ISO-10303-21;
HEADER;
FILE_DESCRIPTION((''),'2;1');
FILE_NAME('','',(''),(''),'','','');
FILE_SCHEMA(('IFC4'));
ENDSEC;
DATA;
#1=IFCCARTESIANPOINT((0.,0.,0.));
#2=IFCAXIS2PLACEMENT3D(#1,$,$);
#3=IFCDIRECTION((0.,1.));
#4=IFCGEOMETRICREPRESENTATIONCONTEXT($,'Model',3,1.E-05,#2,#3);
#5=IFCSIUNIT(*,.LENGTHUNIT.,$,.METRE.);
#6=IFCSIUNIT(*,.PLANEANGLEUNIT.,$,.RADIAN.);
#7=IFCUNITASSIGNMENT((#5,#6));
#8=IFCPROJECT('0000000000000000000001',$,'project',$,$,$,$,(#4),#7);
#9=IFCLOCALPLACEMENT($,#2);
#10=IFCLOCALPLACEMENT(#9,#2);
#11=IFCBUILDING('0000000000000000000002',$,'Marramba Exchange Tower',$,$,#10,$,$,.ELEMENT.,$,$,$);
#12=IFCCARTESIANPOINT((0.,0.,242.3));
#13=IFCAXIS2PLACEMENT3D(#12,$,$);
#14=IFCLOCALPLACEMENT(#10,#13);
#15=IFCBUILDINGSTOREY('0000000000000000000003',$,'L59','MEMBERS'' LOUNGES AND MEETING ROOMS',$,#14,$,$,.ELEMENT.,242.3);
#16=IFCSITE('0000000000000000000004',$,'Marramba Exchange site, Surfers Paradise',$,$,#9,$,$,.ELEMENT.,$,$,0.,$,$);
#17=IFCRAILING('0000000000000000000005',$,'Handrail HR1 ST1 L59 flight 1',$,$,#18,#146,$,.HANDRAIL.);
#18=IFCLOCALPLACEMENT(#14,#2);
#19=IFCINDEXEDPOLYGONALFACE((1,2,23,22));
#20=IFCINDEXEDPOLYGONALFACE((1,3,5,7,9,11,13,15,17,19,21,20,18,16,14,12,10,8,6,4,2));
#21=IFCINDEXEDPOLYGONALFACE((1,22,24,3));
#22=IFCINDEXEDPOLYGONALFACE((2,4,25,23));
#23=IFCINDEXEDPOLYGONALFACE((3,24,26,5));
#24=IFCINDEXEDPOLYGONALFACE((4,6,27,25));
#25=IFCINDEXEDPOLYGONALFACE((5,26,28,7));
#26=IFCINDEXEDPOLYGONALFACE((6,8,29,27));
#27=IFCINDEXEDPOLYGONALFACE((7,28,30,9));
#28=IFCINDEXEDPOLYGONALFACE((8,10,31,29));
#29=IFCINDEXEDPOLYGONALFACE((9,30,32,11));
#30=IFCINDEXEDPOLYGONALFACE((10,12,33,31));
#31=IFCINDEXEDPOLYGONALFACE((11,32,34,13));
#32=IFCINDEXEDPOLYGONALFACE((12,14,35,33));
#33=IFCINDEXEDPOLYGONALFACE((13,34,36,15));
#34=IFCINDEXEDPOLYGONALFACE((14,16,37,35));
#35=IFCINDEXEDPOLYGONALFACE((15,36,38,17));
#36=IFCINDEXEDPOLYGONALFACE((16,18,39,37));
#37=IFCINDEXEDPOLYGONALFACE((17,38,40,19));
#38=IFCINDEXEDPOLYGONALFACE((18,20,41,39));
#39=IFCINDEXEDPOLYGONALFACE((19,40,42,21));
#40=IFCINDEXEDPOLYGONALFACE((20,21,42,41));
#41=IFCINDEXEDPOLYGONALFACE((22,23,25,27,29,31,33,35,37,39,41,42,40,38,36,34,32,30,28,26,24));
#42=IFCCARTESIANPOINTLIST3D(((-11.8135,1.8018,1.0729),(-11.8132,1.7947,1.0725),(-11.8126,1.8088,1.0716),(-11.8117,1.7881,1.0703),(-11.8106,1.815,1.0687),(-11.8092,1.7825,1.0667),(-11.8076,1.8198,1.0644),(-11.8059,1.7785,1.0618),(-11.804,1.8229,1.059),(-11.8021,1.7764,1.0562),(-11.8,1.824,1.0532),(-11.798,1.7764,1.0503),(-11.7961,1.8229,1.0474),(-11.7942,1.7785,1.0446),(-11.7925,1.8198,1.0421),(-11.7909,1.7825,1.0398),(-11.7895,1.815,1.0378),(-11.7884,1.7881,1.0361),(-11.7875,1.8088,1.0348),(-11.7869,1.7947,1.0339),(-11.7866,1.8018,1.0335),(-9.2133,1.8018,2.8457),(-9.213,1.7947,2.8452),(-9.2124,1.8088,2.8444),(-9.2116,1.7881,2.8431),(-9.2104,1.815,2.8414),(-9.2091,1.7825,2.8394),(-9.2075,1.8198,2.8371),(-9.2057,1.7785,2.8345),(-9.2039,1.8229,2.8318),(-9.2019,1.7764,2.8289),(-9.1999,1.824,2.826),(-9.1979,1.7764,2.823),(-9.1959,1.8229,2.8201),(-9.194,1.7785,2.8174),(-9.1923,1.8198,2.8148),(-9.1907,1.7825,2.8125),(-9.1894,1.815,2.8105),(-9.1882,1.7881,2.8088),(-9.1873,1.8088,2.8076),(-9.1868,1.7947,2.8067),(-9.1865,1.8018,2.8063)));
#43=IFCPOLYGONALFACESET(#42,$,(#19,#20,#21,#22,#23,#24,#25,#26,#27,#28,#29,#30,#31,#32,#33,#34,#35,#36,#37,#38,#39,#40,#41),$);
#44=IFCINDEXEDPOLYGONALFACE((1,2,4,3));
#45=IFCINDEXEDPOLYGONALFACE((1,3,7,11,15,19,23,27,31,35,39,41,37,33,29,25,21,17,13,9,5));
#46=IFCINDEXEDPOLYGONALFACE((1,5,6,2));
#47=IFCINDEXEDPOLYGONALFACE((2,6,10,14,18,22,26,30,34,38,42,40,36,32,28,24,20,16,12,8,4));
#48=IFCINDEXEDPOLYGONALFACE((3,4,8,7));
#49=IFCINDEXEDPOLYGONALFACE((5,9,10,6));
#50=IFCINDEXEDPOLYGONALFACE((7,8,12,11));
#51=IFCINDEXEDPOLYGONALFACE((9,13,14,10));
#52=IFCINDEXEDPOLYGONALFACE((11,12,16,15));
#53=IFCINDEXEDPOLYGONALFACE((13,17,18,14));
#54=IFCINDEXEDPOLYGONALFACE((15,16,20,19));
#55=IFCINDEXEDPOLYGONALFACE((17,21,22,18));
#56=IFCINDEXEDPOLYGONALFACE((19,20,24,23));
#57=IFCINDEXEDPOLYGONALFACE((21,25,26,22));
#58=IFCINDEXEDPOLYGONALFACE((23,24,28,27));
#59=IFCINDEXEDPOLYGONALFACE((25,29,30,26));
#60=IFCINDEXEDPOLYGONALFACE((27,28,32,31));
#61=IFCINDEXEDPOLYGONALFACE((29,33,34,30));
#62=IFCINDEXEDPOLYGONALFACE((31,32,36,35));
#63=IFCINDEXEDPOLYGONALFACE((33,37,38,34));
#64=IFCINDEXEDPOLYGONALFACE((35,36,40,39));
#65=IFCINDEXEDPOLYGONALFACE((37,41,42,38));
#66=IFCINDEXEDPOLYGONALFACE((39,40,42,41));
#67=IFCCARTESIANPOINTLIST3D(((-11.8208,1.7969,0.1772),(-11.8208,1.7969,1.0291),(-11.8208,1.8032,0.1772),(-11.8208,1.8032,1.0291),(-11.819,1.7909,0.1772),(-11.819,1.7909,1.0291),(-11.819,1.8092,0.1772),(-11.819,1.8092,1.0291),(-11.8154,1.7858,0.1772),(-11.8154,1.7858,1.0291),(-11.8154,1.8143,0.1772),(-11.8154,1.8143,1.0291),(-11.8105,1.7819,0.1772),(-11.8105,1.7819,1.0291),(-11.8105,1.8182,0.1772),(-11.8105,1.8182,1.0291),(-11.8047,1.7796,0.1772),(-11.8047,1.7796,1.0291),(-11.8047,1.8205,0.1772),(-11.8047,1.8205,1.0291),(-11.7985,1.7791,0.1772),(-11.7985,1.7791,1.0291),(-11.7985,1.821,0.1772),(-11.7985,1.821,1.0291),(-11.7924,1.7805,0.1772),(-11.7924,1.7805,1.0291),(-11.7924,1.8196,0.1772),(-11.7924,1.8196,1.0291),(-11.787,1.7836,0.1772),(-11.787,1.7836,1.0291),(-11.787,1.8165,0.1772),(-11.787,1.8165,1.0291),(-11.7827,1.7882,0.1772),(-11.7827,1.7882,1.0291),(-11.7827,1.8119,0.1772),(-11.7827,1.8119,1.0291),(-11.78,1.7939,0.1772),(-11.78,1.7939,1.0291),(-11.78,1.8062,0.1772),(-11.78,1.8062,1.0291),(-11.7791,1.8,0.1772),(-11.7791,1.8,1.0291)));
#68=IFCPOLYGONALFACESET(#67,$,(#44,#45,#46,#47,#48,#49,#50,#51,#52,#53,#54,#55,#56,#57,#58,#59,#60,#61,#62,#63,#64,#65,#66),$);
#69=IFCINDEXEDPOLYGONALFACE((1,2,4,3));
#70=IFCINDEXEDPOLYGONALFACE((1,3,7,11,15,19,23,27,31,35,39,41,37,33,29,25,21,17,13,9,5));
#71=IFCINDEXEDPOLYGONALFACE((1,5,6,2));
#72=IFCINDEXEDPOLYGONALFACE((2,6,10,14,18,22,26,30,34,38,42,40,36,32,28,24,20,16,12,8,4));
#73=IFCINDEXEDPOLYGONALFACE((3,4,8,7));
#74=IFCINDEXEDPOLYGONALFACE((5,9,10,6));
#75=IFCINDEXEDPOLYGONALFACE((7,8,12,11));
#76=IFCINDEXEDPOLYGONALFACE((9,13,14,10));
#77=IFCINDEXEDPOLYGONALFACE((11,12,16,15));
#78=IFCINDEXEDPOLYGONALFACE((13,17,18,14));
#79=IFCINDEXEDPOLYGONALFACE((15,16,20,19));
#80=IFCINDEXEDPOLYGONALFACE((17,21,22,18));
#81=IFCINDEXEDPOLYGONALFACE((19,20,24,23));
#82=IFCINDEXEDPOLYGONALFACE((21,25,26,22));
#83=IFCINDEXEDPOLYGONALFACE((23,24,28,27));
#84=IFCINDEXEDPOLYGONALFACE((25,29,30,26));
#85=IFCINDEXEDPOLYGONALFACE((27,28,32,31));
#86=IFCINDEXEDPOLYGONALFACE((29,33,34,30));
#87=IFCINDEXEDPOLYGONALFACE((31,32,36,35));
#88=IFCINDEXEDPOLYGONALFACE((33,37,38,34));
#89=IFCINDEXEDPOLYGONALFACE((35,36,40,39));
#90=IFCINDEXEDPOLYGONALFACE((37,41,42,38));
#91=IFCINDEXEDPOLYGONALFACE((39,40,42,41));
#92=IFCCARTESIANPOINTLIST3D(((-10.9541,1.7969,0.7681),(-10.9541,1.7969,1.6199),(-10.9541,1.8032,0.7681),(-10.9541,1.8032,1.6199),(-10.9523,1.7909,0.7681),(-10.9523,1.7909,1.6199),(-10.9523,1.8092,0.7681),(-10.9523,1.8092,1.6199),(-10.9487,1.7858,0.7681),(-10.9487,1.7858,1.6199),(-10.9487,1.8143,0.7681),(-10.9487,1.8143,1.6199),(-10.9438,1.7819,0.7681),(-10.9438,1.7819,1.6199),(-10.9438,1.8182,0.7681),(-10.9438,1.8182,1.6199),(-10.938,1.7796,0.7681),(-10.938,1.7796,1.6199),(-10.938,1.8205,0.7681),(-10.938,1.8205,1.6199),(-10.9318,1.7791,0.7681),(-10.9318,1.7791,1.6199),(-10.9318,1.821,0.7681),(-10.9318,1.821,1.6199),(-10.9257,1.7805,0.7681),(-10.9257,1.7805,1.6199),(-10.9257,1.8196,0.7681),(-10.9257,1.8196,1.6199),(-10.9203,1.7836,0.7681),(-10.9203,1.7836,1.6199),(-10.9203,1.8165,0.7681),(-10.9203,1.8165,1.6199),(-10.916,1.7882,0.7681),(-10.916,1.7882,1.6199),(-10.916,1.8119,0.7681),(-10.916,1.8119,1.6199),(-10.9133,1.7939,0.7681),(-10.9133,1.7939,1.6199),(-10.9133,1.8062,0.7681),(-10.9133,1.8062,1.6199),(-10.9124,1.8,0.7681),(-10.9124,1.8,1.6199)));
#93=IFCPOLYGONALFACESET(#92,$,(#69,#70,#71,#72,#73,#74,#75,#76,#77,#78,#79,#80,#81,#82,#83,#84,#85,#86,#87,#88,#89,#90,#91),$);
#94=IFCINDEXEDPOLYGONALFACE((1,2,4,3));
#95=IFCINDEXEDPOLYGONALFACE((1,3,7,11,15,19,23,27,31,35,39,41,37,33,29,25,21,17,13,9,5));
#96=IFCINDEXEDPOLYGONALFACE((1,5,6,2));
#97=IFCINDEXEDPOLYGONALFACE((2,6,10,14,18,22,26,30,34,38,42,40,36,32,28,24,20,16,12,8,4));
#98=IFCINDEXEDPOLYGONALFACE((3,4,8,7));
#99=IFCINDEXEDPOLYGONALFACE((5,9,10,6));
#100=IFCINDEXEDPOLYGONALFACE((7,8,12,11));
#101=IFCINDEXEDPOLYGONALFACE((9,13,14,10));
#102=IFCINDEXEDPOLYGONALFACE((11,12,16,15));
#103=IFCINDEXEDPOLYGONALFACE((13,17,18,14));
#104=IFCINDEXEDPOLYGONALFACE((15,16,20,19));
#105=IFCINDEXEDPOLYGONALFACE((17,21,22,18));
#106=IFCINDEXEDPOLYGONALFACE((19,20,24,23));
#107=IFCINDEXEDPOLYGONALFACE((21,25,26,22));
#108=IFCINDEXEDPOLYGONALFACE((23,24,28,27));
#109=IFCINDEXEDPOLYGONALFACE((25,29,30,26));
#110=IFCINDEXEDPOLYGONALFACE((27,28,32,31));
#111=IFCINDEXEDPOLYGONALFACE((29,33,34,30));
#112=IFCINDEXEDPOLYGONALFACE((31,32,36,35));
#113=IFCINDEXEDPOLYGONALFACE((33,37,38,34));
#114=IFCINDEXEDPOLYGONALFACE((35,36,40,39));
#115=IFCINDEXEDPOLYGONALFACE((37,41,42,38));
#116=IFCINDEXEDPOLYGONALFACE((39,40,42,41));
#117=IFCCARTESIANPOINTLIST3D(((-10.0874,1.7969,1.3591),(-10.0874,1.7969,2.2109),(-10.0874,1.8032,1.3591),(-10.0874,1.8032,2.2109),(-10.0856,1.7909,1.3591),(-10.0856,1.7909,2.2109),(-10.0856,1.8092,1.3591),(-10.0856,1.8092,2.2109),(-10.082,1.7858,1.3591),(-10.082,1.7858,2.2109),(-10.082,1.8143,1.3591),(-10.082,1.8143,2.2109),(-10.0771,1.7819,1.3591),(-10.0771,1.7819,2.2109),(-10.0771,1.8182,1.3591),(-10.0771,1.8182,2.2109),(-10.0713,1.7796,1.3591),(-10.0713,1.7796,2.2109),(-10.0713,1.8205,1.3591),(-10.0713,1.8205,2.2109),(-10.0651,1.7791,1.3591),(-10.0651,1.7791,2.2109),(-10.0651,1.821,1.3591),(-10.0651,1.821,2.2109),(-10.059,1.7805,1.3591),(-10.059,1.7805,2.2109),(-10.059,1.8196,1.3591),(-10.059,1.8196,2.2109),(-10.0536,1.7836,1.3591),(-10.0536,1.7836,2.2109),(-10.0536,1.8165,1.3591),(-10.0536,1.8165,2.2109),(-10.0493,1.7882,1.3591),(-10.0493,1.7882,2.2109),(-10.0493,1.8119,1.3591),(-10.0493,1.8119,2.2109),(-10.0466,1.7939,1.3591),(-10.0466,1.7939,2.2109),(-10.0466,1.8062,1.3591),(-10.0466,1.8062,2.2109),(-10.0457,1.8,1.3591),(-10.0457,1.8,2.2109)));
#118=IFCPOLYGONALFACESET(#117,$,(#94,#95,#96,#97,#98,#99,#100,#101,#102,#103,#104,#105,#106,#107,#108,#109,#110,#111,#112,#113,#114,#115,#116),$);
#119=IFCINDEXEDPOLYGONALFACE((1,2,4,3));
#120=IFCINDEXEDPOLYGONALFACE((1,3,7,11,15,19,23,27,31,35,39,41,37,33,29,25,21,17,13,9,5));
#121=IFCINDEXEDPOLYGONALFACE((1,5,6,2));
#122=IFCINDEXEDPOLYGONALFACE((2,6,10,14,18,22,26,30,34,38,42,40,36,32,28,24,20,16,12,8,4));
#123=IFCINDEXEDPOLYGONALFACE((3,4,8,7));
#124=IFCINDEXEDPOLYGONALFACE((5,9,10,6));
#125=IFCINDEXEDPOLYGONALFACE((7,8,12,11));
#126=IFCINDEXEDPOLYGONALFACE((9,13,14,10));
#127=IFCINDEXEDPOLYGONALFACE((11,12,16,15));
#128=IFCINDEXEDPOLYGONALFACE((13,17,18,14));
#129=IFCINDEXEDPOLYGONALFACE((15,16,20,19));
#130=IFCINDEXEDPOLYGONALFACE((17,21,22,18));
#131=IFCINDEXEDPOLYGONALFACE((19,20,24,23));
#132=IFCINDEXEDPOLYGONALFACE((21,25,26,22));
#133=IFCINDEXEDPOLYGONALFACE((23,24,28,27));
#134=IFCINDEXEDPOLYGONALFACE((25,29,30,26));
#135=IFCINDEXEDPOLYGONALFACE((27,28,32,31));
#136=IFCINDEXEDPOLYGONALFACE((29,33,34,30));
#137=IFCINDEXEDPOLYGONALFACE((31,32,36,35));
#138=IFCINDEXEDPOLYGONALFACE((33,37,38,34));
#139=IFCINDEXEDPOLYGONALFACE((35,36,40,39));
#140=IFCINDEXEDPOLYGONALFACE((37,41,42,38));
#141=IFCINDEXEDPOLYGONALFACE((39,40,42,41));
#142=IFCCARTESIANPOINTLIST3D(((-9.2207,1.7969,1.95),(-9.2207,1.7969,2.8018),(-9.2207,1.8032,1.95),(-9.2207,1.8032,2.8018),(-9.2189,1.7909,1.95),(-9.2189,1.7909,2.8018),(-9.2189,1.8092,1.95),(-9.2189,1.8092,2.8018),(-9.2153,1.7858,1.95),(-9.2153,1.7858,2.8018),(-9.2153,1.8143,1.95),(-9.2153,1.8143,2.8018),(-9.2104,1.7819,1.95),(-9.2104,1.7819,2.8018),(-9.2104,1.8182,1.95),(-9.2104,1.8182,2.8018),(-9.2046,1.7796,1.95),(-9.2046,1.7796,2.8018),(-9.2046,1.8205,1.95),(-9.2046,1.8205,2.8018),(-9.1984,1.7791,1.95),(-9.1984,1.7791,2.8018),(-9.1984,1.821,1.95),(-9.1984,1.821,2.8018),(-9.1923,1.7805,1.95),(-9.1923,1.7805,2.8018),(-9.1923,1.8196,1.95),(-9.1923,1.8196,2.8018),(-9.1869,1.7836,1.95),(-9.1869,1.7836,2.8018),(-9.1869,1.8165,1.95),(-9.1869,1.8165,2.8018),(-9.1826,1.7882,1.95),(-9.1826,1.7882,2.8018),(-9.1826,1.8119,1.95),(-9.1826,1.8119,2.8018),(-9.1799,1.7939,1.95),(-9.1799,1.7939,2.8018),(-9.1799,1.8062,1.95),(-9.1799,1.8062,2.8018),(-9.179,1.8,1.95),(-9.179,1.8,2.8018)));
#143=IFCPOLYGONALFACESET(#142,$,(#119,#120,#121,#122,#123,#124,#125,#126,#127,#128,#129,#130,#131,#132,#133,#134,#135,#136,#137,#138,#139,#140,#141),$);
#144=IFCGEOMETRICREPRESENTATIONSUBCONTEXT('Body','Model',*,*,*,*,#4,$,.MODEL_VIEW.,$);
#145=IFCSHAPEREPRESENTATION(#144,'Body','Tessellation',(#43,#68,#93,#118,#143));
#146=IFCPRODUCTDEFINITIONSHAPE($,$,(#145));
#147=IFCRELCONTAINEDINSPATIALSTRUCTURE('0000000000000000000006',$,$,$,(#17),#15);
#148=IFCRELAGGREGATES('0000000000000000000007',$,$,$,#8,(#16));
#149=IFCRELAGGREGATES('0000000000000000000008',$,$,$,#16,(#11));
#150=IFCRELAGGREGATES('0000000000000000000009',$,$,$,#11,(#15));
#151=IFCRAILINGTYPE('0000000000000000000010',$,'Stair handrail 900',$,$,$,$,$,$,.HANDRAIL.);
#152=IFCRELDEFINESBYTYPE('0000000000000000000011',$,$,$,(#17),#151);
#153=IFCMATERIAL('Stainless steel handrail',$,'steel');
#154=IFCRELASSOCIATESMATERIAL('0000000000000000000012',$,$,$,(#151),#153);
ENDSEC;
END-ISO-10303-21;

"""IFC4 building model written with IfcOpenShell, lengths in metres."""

from ifc_helpers import new_model, si_unit, direction, frame, origin, origin_2d, place, context, subcontext, project, spatial, circle, extrude, material, type_object, element, save


model = new_model("IFC4")

# Units and contexts
model_context = context("Model", 3, precision=1e-05, world=origin(), true_north=direction((0.0, 1.0)))
body_context = subcontext(model_context, "Body", "Model", "MODEL_VIEW")
ifc_project = project(units=[si_unit("LENGTHUNIT", "METRE"), si_unit("PLANEANGLEUNIT", "RADIAN")], contexts=[model_context])

# Site, building, storey
site_placement = place(None, origin())
site = spatial("IfcSite", under=ifc_project, at=site_placement, Name="Marramba Exchange site, Surfers Paradise", CompositionType="ELEMENT", RefElevation=0.0)
building_placement = place(site_placement, origin())
building = spatial("IfcBuilding", under=site, at=building_placement, Name="Marramba Exchange Tower", CompositionType="ELEMENT")
storey_placement = place(building_placement, frame((0.0, 0.0, 242.3)))
storey = spatial("IfcBuildingStorey", under=building, at=storey_placement, Name="L59", Description="MEMBERS' LOUNGES AND MEETING ROOMS", CompositionType="ELEMENT", Elevation=242.3)

# Railing
ifc_material_1 = material(Name="Stainless steel handrail", Category="steel")
railing_type = type_object("IfcRailingType", Name="Stair handrail 900", PredefinedType="HANDRAIL", material=ifc_material_1)
railing_1_placement = place(storey_placement, frame((-11.8, 1.8, 0.1772)))
element("IfcRailing", 1, at=railing_1_placement, inside=storey, type_object=railing_type, Name="Handrail HR1 ST1 L59 flight 1", PredefinedType="HANDRAIL", context=body_context, shape_type="SweptSolid", body=[
    extrude(circle(Radius=0.0239, at=origin_2d()), frame((0.0, 0.0, 0.876), z_axis=(0.82624, 0.0, 0.563318), x_axis=(0.0, 1.0, 0.0)), (0.0, 0.0, 1.0), 3.147),
    extrude(circle(Radius=0.021, at=origin_2d()), origin(), (0.0, 0.0, 1.0), 0.8518),
    extrude(circle(Radius=0.021, at=origin_2d()), frame((0.8667, 0.0, 0.5908)), (0.0, 0.0, 1.0), 0.8518),
    extrude(circle(Radius=0.021, at=origin_2d()), frame((1.7334, 0.0, 1.1819)), (0.0, 0.0, 1.0), 0.8518),
    extrude(circle(Radius=0.021, at=origin_2d()), frame((2.6001, 0.0, 1.7727)), (0.0, 0.0, 1.0), 0.8518),
])

save(model, "model.ifc")
